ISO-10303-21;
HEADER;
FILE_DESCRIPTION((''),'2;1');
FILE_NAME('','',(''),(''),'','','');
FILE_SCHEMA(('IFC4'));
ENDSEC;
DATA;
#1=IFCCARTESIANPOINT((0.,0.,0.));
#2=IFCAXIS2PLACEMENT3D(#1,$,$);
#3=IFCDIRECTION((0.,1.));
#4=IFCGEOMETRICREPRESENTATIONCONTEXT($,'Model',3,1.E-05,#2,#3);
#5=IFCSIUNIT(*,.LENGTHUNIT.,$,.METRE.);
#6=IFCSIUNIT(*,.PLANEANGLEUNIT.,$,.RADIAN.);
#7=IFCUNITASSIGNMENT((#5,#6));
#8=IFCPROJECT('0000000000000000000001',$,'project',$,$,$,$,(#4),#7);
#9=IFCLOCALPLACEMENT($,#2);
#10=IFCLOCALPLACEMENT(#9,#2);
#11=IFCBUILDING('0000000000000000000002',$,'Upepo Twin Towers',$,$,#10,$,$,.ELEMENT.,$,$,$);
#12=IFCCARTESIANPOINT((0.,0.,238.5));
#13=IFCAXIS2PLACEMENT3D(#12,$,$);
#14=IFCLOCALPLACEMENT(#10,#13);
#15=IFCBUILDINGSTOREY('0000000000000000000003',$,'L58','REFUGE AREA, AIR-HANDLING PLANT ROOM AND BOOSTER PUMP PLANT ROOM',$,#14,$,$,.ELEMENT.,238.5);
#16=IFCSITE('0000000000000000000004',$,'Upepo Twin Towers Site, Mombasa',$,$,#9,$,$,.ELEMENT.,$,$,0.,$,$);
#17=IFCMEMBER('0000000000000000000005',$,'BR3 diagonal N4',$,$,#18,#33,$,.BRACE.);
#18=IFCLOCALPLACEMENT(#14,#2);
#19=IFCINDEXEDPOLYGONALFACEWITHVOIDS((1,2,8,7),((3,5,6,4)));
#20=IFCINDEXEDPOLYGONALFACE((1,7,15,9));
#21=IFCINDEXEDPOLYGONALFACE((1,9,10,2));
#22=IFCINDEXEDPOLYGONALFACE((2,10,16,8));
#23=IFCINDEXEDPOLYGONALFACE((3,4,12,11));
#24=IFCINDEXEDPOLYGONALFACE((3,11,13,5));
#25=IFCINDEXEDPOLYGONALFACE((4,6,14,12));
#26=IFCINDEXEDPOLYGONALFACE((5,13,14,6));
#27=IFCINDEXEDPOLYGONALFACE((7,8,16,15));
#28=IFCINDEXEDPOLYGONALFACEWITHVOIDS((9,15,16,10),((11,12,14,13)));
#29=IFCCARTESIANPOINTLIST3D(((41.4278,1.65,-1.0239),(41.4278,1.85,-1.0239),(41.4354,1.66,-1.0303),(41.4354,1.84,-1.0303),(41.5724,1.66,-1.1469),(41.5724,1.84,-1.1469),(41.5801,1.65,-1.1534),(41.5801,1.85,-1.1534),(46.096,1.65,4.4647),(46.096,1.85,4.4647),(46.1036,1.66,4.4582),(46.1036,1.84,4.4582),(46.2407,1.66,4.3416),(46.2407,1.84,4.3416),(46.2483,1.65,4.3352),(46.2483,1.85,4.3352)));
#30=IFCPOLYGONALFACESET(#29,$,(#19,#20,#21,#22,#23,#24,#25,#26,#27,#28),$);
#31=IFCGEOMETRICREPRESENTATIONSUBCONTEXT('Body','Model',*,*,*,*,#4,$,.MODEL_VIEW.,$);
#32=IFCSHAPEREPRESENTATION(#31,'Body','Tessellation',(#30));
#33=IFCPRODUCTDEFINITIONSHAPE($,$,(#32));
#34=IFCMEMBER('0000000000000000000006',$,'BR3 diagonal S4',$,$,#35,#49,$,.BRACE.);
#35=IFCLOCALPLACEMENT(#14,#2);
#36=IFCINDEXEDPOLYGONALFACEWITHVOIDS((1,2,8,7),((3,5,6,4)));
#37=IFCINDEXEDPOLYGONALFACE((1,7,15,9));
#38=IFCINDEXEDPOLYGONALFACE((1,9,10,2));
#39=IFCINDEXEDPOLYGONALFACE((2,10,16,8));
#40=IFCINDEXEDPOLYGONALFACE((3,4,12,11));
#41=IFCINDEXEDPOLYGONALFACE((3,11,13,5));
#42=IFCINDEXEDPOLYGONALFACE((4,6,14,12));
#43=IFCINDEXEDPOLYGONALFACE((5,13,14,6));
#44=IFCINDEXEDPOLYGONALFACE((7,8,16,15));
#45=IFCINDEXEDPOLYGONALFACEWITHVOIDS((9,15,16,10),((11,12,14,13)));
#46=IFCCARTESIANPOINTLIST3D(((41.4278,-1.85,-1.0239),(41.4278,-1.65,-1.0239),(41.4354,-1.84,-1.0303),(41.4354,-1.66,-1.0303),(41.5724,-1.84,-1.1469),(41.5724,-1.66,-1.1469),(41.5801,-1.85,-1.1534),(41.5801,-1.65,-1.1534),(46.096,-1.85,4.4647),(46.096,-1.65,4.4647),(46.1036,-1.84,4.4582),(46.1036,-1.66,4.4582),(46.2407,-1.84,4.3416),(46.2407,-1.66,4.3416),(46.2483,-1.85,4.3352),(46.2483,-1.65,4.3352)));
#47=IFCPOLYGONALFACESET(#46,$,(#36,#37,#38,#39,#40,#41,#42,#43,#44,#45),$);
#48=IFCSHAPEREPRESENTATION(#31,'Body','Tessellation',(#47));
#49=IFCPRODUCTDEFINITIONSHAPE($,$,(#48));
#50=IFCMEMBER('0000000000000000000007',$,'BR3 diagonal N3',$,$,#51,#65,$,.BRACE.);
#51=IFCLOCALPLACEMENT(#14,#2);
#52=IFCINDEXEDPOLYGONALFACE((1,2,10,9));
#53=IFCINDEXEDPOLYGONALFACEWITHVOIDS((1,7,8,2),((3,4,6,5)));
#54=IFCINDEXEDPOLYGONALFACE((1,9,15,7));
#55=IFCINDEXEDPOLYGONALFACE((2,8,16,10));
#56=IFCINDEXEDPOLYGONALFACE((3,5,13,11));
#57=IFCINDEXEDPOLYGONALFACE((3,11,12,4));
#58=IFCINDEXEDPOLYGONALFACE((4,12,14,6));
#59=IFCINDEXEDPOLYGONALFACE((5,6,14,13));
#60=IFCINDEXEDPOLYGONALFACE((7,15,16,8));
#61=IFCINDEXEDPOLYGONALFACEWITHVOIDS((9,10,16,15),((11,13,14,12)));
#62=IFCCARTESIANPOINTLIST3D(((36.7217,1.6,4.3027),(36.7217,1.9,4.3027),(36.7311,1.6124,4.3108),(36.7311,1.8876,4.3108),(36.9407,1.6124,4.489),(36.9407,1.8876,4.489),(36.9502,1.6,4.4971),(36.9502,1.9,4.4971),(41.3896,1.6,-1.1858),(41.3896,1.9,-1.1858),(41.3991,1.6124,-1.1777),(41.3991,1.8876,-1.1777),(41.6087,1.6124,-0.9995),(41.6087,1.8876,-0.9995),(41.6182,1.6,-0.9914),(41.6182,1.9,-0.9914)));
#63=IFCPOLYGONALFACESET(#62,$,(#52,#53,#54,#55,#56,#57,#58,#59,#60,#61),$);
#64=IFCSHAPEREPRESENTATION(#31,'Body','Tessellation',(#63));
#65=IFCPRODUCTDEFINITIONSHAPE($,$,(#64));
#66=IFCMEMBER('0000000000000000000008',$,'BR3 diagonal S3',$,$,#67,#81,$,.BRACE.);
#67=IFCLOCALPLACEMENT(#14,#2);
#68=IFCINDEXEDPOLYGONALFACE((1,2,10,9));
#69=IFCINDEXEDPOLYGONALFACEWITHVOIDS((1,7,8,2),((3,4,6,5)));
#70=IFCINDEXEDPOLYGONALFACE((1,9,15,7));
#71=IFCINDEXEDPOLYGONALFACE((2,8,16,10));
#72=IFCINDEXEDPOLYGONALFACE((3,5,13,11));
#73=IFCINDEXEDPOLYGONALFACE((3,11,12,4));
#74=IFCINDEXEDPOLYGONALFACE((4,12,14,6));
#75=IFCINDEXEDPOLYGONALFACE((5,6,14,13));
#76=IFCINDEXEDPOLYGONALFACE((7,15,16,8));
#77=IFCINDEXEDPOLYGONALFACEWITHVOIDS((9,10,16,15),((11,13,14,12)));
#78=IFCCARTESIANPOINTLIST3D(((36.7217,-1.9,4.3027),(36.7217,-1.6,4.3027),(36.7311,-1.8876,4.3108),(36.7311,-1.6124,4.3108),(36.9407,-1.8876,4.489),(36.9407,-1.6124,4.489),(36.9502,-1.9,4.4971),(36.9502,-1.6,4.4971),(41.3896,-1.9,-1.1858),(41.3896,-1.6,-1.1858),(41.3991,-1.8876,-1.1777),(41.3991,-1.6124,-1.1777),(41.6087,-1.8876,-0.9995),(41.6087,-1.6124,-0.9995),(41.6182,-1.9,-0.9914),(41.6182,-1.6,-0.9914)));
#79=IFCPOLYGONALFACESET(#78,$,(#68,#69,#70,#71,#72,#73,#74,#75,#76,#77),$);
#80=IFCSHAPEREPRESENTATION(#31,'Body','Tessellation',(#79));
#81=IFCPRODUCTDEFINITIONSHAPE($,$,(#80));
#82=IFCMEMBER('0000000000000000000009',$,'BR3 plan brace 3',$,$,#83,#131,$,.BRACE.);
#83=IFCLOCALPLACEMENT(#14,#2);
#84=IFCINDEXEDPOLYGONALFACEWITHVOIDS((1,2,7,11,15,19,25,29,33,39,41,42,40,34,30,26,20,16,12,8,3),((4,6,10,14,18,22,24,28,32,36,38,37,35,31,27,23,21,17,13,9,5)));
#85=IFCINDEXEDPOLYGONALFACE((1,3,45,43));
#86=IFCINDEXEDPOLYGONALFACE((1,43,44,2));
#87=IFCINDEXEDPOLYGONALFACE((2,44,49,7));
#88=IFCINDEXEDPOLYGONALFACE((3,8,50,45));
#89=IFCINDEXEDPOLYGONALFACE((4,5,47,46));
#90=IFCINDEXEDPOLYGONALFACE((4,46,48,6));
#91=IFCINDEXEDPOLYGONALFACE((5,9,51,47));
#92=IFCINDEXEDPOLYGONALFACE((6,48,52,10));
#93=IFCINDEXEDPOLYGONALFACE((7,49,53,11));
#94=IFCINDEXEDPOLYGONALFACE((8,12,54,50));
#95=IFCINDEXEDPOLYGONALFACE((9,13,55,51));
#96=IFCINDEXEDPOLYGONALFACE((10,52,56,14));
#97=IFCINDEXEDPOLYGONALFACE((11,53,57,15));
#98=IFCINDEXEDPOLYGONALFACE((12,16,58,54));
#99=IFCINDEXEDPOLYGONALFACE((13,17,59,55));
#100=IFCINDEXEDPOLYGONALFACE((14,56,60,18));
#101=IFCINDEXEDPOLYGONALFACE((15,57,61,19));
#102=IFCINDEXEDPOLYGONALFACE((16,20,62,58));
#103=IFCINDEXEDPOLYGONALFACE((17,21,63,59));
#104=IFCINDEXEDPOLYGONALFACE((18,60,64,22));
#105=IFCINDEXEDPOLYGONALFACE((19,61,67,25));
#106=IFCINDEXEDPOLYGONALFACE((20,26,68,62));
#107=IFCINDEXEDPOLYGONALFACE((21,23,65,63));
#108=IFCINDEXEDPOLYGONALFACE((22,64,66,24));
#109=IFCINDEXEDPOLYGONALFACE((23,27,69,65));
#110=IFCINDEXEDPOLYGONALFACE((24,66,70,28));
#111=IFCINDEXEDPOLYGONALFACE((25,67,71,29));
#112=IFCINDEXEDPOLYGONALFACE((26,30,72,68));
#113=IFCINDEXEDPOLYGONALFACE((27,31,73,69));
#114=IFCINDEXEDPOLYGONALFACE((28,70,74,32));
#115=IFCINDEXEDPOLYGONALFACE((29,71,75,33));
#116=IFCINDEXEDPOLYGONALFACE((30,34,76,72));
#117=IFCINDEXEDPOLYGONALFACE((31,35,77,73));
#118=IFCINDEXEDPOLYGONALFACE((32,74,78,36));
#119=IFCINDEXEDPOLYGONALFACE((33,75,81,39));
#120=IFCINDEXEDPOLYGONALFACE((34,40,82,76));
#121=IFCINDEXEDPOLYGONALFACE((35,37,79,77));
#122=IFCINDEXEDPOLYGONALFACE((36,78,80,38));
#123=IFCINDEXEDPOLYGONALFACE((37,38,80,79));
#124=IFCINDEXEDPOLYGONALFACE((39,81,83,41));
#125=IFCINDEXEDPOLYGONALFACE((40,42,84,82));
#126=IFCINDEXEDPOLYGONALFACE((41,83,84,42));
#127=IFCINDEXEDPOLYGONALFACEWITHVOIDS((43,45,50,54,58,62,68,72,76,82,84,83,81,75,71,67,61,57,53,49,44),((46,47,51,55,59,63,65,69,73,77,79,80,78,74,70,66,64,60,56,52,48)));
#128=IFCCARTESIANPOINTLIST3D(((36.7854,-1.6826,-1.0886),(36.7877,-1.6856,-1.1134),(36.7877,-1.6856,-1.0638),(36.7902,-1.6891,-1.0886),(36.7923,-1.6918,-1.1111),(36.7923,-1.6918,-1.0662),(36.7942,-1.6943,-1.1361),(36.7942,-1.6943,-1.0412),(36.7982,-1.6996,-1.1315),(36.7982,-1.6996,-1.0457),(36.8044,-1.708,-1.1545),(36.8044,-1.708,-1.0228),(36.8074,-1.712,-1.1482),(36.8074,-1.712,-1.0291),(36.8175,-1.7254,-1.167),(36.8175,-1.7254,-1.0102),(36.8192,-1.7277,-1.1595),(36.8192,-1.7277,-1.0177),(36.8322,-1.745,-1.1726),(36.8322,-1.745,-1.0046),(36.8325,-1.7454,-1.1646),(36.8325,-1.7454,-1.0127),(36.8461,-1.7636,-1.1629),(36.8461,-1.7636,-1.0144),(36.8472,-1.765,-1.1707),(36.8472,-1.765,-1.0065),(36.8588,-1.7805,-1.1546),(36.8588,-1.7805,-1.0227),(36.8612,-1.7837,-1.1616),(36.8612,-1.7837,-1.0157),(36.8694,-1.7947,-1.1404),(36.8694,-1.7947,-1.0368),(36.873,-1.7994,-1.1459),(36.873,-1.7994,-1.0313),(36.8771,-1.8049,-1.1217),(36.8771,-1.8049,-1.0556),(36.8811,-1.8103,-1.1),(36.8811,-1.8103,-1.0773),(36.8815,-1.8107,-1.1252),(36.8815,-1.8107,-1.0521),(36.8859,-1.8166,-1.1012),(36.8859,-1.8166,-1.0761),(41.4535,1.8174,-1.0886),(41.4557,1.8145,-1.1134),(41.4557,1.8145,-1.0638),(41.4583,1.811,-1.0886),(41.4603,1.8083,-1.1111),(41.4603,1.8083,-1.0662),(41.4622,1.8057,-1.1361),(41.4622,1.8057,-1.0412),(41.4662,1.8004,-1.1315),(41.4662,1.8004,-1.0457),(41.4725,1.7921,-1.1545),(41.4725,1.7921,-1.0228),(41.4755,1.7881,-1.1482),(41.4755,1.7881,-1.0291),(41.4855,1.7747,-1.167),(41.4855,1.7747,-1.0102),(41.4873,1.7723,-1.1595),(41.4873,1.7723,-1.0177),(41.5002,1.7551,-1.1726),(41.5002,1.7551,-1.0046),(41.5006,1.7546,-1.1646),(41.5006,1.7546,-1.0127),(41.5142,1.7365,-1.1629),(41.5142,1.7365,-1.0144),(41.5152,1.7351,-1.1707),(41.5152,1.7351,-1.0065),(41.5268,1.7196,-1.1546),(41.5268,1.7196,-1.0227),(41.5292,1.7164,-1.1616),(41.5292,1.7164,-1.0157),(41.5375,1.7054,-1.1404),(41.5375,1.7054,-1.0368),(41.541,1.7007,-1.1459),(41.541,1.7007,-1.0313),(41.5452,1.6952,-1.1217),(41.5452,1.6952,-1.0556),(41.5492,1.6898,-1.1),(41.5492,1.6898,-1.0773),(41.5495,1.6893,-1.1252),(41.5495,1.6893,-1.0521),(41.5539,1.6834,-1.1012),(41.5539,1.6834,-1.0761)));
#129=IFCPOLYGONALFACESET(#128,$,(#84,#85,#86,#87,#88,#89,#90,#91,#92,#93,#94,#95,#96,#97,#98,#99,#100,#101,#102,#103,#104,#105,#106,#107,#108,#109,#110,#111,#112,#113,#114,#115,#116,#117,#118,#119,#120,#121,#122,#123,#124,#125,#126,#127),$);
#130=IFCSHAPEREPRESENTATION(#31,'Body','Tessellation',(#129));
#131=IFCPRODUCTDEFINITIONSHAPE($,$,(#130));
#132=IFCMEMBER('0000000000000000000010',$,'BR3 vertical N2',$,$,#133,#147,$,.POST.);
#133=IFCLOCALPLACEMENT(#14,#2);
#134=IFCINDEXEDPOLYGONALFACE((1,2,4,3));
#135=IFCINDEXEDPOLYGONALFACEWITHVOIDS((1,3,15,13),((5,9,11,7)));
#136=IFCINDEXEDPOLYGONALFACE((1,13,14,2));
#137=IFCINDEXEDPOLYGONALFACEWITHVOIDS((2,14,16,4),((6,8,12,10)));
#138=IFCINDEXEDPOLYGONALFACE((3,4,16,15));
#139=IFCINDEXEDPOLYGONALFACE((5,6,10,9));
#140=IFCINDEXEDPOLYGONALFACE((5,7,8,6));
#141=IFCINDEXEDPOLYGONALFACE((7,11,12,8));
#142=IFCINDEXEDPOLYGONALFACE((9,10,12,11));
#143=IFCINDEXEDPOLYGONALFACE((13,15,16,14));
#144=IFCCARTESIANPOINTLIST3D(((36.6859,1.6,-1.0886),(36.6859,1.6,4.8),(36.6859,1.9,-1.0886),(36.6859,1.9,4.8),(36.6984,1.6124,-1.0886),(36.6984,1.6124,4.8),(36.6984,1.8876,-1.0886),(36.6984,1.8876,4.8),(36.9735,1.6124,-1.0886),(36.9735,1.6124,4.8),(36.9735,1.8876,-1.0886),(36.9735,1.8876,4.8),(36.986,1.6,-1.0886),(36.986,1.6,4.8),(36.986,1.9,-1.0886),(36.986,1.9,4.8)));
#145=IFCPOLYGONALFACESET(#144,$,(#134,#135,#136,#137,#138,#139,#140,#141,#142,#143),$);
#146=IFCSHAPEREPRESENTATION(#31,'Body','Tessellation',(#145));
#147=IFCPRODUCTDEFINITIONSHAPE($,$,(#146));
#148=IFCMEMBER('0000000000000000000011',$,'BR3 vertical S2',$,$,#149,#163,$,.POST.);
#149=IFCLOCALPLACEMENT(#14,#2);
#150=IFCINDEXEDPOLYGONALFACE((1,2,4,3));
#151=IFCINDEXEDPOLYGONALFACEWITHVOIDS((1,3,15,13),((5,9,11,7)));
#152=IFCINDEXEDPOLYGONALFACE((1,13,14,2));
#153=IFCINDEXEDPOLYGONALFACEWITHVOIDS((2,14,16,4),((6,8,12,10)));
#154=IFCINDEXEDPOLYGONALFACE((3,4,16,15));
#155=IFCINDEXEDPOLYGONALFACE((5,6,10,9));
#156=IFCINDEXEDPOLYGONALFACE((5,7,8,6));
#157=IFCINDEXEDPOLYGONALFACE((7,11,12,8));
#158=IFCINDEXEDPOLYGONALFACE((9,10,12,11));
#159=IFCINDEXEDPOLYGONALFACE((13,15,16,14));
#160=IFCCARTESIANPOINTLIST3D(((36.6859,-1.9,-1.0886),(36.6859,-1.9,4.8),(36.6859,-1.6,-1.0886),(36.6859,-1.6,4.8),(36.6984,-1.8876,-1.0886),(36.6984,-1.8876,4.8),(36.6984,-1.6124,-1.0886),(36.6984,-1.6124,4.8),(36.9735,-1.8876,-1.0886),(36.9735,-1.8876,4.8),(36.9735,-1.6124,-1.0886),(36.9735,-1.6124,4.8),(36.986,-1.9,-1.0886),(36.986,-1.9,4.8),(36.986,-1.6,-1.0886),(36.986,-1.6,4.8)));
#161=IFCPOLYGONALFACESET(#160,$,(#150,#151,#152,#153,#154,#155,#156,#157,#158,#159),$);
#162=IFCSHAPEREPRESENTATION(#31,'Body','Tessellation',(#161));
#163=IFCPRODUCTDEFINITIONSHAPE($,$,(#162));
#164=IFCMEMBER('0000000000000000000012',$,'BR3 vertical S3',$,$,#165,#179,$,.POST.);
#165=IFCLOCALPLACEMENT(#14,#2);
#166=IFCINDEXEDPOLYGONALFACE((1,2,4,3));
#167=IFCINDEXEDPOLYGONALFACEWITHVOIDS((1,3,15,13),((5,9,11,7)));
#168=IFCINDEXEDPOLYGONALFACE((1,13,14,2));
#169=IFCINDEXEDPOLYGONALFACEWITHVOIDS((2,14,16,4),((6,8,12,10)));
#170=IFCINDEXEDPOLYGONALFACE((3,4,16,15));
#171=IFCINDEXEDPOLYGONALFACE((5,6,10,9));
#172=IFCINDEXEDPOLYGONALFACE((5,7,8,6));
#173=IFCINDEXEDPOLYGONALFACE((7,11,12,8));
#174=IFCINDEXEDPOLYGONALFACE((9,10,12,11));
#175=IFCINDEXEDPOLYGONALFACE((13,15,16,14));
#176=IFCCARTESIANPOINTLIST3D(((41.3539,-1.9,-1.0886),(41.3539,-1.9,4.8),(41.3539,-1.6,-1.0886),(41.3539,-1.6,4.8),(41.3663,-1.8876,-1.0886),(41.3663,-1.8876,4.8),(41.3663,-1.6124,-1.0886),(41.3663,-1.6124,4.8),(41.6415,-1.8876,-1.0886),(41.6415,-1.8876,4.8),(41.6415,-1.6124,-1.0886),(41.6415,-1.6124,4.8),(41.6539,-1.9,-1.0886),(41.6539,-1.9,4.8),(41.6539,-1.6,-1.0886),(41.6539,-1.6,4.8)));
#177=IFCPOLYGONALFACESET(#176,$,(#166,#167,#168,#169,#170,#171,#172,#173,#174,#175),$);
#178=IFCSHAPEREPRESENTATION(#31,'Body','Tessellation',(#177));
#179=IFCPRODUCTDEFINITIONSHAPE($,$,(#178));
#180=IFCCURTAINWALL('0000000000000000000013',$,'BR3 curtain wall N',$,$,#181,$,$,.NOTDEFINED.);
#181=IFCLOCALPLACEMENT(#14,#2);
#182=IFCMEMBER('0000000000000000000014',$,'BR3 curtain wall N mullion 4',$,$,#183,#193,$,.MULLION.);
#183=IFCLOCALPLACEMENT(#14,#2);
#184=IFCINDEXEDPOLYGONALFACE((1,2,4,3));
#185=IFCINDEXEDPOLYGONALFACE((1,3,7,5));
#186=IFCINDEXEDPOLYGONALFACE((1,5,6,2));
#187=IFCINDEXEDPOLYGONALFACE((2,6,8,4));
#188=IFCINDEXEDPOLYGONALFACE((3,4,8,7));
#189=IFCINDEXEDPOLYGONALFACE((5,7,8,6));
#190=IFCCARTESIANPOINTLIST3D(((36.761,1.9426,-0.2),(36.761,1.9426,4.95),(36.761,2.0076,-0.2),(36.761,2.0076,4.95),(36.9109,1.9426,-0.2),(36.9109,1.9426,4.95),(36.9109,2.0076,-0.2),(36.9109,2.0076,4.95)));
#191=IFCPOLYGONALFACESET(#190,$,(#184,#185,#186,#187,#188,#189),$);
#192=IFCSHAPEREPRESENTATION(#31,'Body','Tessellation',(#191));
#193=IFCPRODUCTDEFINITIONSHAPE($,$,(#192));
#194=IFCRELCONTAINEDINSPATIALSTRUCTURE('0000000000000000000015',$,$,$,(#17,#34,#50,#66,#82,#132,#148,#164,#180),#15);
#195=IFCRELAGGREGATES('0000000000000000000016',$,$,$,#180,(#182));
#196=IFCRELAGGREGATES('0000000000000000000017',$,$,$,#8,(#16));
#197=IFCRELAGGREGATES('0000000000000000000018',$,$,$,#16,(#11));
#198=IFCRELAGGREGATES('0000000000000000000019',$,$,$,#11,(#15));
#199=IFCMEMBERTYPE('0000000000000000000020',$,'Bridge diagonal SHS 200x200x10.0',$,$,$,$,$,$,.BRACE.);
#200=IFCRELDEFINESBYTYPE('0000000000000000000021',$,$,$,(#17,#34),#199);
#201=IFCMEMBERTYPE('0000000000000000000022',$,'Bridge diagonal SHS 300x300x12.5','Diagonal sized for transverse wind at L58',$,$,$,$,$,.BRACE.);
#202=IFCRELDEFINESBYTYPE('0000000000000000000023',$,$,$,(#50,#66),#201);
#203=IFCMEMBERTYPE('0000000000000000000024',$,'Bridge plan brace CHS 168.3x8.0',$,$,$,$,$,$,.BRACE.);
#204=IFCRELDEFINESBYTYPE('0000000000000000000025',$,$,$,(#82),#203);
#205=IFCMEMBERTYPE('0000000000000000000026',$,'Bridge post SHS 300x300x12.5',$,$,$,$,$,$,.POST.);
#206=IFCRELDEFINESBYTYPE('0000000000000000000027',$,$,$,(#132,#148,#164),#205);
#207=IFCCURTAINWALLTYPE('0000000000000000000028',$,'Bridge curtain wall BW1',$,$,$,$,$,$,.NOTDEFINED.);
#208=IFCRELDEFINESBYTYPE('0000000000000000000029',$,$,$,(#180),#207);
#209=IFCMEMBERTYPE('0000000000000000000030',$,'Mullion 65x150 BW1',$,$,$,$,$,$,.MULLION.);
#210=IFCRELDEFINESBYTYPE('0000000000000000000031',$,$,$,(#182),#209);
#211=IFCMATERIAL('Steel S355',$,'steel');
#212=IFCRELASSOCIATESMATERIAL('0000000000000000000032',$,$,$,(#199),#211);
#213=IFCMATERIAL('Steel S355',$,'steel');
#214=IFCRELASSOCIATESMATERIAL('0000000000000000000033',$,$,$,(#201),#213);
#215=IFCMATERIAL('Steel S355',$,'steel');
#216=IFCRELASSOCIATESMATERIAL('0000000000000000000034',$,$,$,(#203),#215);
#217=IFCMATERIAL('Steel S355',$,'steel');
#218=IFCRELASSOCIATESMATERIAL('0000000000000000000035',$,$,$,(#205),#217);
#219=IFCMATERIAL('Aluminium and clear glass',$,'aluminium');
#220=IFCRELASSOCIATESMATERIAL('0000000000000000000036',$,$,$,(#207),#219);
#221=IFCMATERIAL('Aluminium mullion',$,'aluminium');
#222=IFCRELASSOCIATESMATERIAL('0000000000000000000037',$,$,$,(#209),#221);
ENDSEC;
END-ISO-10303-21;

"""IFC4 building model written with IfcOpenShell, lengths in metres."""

from ifc_helpers import new_model, si_unit, direction, frame, origin, origin_2d, place, context, subcontext, project, spatial, rectangle, hollow_rectangle, hollow_circle, extrude, material, material_profile, profile_set, type_object, element, aggregate, save


model = new_model("IFC4")

# Units and contexts
model_context = context("Model", 3, precision=1e-05, world=origin(), true_north=direction((0.0, 1.0)))
body_context = subcontext(model_context, "Body", "Model", "MODEL_VIEW")
ifc_project = project(units=[si_unit("LENGTHUNIT", "METRE"), si_unit("PLANEANGLEUNIT", "RADIAN")], contexts=[model_context])

# Site, building, storey
site_placement = place(None, origin())
site = spatial("IfcSite", under=ifc_project, at=site_placement, Name="Upepo Twin Towers Site, Mombasa", CompositionType="ELEMENT", RefElevation=0.0)
building_placement = place(site_placement, origin())
building = spatial("IfcBuilding", under=site, at=building_placement, Name="Upepo Twin Towers", CompositionType="ELEMENT")
storey_placement = place(building_placement, frame((0.0, 0.0, 238.5)))
storey = spatial("IfcBuildingStorey", under=building, at=storey_placement, Name="L58", Description="REFUGE AREA, AIR-HANDLING PLANT ROOM AND BOOSTER PUMP PLANT ROOM", CompositionType="ELEMENT", Elevation=238.5)

# Members
ifc_material_1 = material(Name="Steel S355", Category="steel")
ifc_material_profile_1 = material_profile(ifc_material_1, hollow_rectangle(XDim=0.2, YDim=0.2, WallThickness=0.01, at=origin_2d()), Name="SHS 200x200x10.0")
ifc_profile_set_1 = profile_set([ifc_material_profile_1], Name="Steel S355")
member_type_1 = type_object("IfcMemberType", Name="Bridge diagonal SHS 200x200x10.0", PredefinedType="BRACE", material=ifc_profile_set_1)
for number, where, z_axis, x_axis, name in (
    (1, (41.5039, 1.75, -1.0886), (0.647887, 0.0, 0.761736), (0.0, 1.0, 0.0), "BR3 diagonal N4"),
    (2, (41.5039, -1.75, -1.0886), (0.647887, 0.0, 0.761736), (0.0, 1.0, 0.0), "BR3 diagonal S4"),
):
    element("IfcMember", number, at=place(storey_placement, frame(where, z_axis=z_axis, x_axis=x_axis)), inside=storey, type_object=member_type_1, Name=name, PredefinedType="BRACE", context=body_context, shape_type="SweptSolid", body=[
        extrude(hollow_rectangle(XDim=0.2, YDim=0.2, WallThickness=0.01, at=origin_2d()), origin(), (0.0, 0.0, 1.0), 7.2053),
    ])
ifc_material_2 = material(Name="Steel S355", Category="steel")
ifc_material_profile_2 = material_profile(ifc_material_2, hollow_rectangle(XDim=0.3, YDim=0.3, WallThickness=0.0125, at=origin_2d()), Name="SHS 300x300x12.5")
ifc_profile_set_2 = profile_set([ifc_material_profile_2], Name="Steel S355")
member_type_2 = type_object("IfcMemberType", Name="Bridge diagonal SHS 300x300x12.5", Description="Diagonal sized for transverse wind at L58", PredefinedType="BRACE", material=ifc_profile_set_2)
for number, where, z_axis, x_axis, name in (
    (3, (36.8359, 1.75, 4.3999), (0.647868, 0.0, -0.761753), (0.0, 1.0, 0.0), "BR3 diagonal N3"),
    (4, (36.8359, -1.75, 4.3999), (0.647868, 0.0, -0.761753), (0.0, 1.0, 0.0), "BR3 diagonal S3"),
):
    element("IfcMember", number, at=place(storey_placement, frame(where, z_axis=z_axis, x_axis=x_axis)), inside=storey, type_object=member_type_2, Name=name, PredefinedType="BRACE", context=body_context, shape_type="SweptSolid", body=[
        extrude(hollow_rectangle(XDim=0.3, YDim=0.3, WallThickness=0.0125, at=origin_2d()), origin(), (0.0, 0.0, 1.0), 7.2051),
    ])
ifc_material_3 = material(Name="Steel S355", Category="steel")
ifc_material_profile_3 = material_profile(ifc_material_3, hollow_circle(Radius=0.0842, WallThickness=0.0081, at=origin_2d()), Name="CHS 168.3x8.0")
ifc_profile_set_3 = profile_set([ifc_material_profile_3], Name="Steel S355")
member_type_3 = type_object("IfcMemberType", Name="Bridge plan brace CHS 168.3x8.0", PredefinedType="BRACE", material=ifc_profile_set_3)
member_1_placement = place(storey_placement, frame((36.8359, -1.75, -1.0886), z_axis=(0.80008, 0.599893, 0.0), x_axis=(-0.599893, 0.80008, 0.0)))
element("IfcMember", 5, at=member_1_placement, inside=storey, type_object=member_type_3, Name="BR3 plan brace 3", PredefinedType="BRACE", context=body_context, shape_type="SweptSolid", body=[
    extrude(hollow_circle(Radius=0.0842, WallThickness=0.0081, at=origin_2d()), origin(), (0.0, 0.0, 1.0), 5.8345),
])
ifc_material_4 = material(Name="Steel S355", Category="steel")
ifc_material_profile_4 = material_profile(ifc_material_4, hollow_rectangle(XDim=0.3, YDim=0.3, WallThickness=0.0125, at=origin_2d()), Name="SHS 300x300x12.5")
ifc_profile_set_4 = profile_set([ifc_material_profile_4], Name="Steel S355")
member_type_4 = type_object("IfcMemberType", Name="Bridge post SHS 300x300x12.5", PredefinedType="POST", material=ifc_profile_set_4)
for number, where, z_axis, x_axis, name in (
    (6, (36.8359, 1.75, -1.0886), (0.0, 0.0, 1.0), (1.0, 0.0, 0.0), "BR3 vertical N2"),
    (7, (36.8359, -1.75, -1.0886), (0.0, 0.0, 1.0), (1.0, 0.0, 0.0), "BR3 vertical S2"),
    (8, (41.5039, -1.75, -1.0886), (0.0, 0.0, 1.0), (1.0, 0.0, 0.0), "BR3 vertical S3"),
):
    element("IfcMember", number, at=place(storey_placement, frame(where, z_axis=z_axis, x_axis=x_axis)), inside=storey, type_object=member_type_4, Name=name, PredefinedType="POST", context=body_context, shape_type="SweptSolid", body=[
        extrude(hollow_rectangle(XDim=0.3, YDim=0.3, WallThickness=0.0125, at=origin_2d()), origin(), (0.0, 0.0, 1.0), 5.8887),
    ])

# Curtain wall, member
ifc_material_5 = material(Name="Aluminium and clear glass", Category="aluminium")
curtain_wall_type = type_object("IfcCurtainWallType", Name="Bridge curtain wall BW1", PredefinedType="NOTDEFINED", material=ifc_material_5)
curtain_wall_1_placement = place(storey_placement, origin())
curtain_wall_1 = element("IfcCurtainWall", 9, at=curtain_wall_1_placement, inside=storey, type_object=curtain_wall_type, Name="BR3 curtain wall N", PredefinedType="NOTDEFINED")
ifc_material_6 = material(Name="Aluminium mullion", Category="aluminium")
ifc_material_profile_5 = material_profile(ifc_material_6, rectangle(XDim=0.0649, YDim=0.1499, at=origin_2d()), Name="MULLION 65x150 BRIDGE")
ifc_profile_set_5 = profile_set([ifc_material_profile_5], Name="Aluminium mullion")
member_type_5 = type_object("IfcMemberType", Name="Mullion 65x150 BW1", PredefinedType="MULLION", material=ifc_profile_set_5)
member_2_placement = place(storey_placement, frame((36.8359, 1.9751, -0.2), z_axis=(0.0, 0.0, 1.0), x_axis=(0.0, -1.0, 0.0)))
member_2 = element("IfcMember", 10, at=member_2_placement, type_object=member_type_5, Name="BR3 curtain wall N mullion 4", PredefinedType="MULLION", context=body_context, shape_type="SweptSolid", body=[
    extrude(rectangle(XDim=0.0649, YDim=0.1499, at=origin_2d()), origin(), (0.0, 0.0, 1.0), 5.1499),
])
aggregate(curtain_wall_1, [member_2])

save(model, "model.ifc")
